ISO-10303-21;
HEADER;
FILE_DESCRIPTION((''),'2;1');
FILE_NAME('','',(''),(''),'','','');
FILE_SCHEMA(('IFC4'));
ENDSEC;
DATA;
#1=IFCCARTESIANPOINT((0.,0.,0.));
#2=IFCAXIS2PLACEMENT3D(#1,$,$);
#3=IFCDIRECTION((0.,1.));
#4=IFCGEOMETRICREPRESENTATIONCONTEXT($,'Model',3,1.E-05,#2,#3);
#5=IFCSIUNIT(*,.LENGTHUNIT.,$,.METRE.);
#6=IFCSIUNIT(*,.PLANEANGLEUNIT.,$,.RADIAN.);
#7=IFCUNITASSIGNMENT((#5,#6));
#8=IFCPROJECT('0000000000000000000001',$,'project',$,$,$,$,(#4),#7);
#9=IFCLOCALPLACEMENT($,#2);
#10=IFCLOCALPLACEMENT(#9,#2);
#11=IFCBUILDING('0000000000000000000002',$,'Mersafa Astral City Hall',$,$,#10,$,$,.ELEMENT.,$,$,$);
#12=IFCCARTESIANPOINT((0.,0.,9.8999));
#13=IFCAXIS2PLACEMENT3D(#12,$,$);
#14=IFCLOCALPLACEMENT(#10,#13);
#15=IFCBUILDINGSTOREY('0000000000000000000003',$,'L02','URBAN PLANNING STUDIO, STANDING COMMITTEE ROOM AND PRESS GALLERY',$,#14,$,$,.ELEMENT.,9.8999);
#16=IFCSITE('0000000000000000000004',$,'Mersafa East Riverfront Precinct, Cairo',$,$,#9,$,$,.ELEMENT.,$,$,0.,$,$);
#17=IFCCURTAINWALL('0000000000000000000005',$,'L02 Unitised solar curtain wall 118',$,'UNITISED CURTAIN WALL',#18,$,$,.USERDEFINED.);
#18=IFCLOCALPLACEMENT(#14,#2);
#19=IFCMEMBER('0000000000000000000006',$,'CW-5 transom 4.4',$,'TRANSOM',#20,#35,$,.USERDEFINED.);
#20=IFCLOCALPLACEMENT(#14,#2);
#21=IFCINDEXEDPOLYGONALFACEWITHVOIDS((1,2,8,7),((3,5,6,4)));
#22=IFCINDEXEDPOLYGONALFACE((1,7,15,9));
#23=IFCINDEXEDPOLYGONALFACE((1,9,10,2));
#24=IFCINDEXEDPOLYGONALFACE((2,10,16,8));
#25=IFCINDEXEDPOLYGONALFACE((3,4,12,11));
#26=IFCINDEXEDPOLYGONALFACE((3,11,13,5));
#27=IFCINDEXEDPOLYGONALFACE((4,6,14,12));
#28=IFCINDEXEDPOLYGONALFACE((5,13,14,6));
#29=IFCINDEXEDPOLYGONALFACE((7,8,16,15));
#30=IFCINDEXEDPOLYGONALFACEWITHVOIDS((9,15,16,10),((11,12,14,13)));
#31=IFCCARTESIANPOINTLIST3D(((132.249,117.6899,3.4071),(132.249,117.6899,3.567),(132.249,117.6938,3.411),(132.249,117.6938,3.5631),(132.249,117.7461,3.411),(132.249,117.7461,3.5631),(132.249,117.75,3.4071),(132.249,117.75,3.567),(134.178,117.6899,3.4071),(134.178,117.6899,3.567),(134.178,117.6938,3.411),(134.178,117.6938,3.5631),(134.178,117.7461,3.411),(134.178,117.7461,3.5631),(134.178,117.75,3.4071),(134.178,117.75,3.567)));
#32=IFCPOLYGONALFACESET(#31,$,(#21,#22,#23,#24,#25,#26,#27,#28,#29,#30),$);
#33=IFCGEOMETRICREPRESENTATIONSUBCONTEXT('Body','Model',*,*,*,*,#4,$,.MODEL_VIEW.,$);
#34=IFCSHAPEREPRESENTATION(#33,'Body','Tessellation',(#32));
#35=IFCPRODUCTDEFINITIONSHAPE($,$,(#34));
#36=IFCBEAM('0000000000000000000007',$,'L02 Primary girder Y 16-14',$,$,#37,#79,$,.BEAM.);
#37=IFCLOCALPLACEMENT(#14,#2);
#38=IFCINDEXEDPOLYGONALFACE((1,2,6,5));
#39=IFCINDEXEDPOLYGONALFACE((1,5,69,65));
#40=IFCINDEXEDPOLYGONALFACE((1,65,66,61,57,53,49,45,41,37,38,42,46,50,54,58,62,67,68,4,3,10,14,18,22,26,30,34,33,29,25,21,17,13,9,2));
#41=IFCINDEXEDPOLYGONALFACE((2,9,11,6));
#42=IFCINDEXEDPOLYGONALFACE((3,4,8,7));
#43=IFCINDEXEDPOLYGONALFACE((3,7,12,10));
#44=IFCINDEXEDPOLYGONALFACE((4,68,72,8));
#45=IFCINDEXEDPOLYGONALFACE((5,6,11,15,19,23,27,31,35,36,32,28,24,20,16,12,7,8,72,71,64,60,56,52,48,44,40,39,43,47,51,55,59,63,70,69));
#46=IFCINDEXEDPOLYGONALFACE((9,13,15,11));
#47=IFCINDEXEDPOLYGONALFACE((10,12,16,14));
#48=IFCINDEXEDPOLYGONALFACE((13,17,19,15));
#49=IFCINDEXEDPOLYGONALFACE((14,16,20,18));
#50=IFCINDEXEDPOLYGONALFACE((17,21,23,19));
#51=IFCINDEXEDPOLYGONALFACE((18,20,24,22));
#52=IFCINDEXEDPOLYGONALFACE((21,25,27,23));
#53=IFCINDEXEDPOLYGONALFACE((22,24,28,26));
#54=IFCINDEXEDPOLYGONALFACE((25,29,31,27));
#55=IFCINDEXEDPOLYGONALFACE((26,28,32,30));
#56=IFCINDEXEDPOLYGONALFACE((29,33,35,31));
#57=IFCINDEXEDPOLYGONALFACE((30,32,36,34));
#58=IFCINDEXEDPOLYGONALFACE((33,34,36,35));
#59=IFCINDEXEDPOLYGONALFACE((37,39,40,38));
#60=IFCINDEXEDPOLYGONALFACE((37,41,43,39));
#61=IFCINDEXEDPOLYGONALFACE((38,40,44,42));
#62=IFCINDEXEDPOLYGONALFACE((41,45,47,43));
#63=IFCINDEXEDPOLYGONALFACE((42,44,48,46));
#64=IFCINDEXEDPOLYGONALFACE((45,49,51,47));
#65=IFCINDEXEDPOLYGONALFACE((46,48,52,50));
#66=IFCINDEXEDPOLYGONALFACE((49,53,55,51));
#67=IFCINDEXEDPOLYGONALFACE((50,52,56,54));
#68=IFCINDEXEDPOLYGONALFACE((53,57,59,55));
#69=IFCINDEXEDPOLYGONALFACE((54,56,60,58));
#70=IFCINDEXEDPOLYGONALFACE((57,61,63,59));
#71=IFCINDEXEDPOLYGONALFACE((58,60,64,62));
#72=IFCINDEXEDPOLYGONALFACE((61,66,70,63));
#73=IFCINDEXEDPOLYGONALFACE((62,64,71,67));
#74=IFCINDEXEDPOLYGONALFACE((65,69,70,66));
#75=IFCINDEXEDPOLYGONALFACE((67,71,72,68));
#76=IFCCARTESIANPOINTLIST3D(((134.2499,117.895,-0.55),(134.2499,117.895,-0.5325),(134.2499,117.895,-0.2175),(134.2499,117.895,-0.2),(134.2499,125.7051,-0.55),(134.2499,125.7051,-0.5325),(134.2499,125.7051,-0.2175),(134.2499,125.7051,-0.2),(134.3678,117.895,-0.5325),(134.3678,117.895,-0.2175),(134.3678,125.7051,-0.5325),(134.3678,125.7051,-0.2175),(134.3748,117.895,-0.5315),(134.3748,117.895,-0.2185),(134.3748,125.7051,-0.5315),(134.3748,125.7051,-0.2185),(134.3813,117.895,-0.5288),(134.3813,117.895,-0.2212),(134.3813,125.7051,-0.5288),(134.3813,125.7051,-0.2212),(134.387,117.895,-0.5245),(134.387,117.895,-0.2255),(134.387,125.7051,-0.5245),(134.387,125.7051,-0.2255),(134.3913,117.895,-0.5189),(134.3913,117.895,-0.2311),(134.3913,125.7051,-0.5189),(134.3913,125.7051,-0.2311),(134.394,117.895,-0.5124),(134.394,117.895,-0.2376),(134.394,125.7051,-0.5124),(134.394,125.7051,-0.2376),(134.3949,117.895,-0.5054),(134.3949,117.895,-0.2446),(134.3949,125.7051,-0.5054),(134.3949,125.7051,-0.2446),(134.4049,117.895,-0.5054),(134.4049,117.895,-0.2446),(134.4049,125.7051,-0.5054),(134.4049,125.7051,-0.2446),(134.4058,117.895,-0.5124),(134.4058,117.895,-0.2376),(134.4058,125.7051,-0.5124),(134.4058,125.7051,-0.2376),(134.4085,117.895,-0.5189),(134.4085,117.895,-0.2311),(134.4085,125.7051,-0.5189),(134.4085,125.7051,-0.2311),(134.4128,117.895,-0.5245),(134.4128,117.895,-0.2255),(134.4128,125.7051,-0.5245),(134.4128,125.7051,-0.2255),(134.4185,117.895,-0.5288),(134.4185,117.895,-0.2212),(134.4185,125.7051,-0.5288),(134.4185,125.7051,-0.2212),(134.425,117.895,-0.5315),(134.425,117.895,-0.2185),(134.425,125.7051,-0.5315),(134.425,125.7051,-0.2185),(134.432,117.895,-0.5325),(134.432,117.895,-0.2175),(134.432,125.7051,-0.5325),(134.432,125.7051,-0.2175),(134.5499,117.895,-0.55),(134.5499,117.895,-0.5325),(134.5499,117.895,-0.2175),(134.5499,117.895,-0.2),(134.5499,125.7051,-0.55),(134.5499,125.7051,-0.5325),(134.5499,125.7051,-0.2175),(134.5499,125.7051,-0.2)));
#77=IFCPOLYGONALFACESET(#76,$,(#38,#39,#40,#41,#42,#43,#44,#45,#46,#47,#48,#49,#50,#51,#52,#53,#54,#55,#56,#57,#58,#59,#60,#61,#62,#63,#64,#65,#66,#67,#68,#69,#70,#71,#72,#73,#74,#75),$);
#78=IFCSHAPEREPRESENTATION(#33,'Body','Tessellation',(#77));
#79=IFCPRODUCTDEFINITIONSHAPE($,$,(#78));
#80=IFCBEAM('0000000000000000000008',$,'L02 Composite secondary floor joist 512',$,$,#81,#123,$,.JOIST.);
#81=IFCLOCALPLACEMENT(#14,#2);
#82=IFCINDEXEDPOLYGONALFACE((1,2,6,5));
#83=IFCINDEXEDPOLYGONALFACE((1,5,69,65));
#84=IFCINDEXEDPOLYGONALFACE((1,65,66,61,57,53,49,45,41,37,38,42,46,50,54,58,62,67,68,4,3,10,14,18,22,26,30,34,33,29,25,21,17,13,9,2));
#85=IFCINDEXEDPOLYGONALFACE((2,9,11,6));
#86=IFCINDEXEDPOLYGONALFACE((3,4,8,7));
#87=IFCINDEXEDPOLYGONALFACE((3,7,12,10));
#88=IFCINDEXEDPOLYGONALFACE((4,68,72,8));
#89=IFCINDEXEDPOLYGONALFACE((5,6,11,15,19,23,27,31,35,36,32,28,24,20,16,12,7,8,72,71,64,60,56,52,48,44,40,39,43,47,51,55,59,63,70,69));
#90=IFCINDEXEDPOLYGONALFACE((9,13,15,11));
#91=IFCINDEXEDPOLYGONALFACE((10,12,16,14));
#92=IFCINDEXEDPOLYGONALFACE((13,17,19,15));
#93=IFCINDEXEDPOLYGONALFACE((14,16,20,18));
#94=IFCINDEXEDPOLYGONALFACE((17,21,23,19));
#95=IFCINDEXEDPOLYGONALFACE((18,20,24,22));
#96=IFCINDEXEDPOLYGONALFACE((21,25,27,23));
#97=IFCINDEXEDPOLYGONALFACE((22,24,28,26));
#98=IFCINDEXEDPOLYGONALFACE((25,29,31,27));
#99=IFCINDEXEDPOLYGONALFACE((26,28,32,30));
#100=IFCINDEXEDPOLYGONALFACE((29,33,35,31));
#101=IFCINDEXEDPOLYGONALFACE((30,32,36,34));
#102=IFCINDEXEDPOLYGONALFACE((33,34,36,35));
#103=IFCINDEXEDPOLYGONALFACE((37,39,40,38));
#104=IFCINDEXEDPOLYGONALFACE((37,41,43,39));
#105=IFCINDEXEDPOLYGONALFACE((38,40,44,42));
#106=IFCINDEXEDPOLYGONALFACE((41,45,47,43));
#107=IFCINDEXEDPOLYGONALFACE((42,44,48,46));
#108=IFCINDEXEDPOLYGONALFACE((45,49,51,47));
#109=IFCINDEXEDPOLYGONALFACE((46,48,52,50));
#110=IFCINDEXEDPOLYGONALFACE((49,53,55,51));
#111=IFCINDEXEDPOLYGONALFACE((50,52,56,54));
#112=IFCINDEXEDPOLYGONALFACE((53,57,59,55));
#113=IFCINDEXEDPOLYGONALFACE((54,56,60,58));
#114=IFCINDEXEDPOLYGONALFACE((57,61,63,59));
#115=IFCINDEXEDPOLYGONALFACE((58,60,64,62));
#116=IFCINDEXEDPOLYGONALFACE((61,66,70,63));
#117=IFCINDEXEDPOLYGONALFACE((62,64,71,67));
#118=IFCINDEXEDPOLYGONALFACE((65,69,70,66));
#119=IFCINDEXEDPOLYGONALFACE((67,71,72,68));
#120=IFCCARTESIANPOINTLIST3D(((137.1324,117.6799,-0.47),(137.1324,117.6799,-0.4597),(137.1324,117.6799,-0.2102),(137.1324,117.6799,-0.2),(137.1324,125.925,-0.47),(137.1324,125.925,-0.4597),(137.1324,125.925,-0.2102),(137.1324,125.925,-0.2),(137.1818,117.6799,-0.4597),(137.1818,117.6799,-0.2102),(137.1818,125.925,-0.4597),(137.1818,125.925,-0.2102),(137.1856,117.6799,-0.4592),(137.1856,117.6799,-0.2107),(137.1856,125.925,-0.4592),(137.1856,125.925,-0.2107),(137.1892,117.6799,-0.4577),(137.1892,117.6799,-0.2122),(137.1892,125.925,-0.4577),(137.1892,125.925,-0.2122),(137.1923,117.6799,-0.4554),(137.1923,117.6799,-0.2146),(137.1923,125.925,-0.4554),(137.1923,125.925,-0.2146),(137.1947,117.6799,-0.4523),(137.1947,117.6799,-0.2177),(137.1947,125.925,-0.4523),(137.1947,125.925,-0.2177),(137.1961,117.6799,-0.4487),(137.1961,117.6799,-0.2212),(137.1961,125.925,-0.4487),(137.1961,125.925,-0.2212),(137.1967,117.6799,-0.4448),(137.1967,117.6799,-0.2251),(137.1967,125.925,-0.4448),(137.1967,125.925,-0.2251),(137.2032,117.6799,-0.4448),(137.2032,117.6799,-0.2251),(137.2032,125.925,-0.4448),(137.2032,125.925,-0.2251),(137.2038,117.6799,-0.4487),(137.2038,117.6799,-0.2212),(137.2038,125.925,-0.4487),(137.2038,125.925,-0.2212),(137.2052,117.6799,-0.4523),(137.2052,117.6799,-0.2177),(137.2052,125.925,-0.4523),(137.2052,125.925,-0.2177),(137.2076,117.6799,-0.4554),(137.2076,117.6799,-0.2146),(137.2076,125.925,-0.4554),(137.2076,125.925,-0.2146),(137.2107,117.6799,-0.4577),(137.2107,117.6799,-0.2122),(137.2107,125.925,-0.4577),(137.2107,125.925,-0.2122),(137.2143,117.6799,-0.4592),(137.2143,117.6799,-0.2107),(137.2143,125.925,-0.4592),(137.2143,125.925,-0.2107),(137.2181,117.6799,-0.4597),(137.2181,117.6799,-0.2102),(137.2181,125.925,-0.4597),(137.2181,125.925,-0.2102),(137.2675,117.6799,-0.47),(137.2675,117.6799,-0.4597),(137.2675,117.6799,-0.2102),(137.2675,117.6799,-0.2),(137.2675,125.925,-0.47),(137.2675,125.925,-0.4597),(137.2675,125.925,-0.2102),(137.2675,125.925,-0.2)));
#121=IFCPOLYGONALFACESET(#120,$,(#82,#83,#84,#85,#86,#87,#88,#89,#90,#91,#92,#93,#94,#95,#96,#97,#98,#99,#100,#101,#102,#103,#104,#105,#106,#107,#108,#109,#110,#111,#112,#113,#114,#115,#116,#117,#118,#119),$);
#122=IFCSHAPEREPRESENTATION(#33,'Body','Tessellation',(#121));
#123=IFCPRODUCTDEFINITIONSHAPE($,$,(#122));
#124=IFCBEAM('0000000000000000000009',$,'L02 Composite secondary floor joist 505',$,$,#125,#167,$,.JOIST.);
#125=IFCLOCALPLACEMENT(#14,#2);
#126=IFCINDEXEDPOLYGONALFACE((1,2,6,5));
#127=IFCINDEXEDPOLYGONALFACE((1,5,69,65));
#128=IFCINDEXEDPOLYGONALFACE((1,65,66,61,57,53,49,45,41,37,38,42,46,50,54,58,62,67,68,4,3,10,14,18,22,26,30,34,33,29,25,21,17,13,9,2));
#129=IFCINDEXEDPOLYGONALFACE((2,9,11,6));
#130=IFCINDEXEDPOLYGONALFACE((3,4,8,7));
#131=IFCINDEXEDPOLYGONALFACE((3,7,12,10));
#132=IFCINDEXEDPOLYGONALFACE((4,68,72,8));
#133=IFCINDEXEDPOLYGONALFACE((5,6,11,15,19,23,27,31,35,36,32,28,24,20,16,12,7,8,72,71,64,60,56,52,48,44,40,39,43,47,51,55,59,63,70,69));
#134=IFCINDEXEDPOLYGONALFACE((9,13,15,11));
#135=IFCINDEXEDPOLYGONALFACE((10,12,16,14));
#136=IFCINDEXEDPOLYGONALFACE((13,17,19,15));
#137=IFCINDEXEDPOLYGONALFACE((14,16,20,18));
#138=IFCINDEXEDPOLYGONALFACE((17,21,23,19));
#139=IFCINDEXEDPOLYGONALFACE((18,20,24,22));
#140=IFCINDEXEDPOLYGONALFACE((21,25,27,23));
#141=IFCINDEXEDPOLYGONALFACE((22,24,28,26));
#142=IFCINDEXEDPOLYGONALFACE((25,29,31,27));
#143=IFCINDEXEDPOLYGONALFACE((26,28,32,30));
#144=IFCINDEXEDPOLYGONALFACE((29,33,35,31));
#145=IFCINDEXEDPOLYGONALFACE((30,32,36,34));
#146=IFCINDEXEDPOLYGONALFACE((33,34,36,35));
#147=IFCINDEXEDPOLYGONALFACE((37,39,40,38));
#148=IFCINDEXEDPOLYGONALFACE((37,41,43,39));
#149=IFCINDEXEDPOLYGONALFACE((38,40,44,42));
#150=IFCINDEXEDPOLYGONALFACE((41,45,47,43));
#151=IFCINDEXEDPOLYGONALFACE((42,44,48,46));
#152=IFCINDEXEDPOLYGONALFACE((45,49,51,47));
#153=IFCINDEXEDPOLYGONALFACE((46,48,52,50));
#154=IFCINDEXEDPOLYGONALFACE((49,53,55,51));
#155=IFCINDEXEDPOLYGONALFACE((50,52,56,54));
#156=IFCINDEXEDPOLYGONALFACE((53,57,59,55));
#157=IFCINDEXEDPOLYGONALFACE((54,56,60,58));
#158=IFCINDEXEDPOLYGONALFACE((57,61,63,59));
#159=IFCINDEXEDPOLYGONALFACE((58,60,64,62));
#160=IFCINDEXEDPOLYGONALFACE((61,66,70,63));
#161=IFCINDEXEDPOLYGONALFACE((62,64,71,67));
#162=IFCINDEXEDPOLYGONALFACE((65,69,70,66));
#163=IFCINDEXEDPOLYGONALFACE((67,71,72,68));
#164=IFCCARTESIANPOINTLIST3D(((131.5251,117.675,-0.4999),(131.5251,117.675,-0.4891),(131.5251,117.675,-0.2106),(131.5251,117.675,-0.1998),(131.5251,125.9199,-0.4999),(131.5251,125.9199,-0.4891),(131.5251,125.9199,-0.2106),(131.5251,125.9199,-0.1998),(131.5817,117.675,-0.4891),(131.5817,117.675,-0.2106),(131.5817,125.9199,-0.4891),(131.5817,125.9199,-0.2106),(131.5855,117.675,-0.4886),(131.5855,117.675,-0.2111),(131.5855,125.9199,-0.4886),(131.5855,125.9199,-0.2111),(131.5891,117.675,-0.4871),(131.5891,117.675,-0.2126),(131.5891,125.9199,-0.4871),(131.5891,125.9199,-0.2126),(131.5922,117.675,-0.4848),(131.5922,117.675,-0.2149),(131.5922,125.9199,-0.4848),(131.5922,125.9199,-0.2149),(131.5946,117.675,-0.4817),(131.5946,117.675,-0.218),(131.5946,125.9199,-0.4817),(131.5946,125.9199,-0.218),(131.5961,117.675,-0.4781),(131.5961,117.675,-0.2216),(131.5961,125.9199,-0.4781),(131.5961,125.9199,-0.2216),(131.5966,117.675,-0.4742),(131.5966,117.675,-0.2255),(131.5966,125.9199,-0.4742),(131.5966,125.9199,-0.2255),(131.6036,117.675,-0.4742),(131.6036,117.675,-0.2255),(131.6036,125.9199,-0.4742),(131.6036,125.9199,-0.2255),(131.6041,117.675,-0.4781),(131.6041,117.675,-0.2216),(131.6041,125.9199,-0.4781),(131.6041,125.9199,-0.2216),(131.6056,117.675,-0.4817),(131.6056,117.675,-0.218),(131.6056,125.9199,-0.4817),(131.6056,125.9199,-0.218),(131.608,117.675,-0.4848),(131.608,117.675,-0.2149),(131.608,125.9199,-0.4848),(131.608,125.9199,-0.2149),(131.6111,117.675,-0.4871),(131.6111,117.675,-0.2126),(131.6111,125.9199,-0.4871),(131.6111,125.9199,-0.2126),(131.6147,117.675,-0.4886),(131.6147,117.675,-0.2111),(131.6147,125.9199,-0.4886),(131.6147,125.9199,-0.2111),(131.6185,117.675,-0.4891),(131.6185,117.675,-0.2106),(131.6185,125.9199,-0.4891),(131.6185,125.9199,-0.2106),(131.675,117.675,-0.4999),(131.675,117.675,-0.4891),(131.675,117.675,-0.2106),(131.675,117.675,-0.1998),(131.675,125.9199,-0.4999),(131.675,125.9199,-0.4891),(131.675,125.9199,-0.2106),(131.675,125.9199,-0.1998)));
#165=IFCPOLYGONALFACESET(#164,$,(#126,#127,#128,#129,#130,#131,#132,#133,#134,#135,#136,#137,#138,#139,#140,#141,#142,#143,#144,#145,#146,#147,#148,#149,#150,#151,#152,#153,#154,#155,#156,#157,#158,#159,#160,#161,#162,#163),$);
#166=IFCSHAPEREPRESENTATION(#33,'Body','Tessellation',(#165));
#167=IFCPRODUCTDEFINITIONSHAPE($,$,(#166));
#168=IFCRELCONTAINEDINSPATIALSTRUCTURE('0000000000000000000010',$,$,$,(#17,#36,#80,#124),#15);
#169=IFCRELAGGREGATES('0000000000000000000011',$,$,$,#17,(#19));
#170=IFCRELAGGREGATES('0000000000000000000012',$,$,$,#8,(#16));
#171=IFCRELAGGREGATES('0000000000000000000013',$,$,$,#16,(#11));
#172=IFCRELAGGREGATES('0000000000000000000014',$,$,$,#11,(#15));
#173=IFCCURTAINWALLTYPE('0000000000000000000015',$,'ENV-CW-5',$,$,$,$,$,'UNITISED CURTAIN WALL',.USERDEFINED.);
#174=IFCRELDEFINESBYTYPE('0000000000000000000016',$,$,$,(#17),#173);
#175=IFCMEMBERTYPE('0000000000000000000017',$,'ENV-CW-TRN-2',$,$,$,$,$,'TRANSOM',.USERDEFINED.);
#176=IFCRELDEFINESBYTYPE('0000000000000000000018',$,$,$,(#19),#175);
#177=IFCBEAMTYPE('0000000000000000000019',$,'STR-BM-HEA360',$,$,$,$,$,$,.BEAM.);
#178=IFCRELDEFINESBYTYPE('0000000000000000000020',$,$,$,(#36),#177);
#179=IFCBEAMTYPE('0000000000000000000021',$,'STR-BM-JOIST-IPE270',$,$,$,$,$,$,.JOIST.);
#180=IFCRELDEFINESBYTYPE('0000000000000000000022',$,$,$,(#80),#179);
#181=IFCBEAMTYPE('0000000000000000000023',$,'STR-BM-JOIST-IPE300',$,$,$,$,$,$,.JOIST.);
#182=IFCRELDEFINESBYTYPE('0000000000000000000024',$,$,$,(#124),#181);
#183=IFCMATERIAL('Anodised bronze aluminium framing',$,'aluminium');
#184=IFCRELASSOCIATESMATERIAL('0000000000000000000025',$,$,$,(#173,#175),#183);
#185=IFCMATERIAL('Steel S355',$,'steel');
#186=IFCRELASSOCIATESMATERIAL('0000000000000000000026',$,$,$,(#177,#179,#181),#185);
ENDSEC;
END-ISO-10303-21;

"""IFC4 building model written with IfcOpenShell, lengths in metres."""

from ifc_helpers import new_model, si_unit, direction, frame, origin, origin_2d, place, context, subcontext, project, spatial, hollow_rectangle, i_section, extrude, material, material_profile, profile_set, type_object, element, aggregate, save


model = new_model("IFC4")

# Units and contexts
model_context = context("Model", 3, precision=1e-05, world=origin(), true_north=direction((0.0, 1.0)))
body_context = subcontext(model_context, "Body", "Model", "MODEL_VIEW")
ifc_project = project(units=[si_unit("LENGTHUNIT", "METRE"), si_unit("PLANEANGLEUNIT", "RADIAN")], contexts=[model_context])

# Site, building, storey
site_placement = place(None, origin())
site = spatial("IfcSite", under=ifc_project, at=site_placement, Name="Mersafa East Riverfront Precinct, Cairo", CompositionType="ELEMENT", RefElevation=0.0)
building_placement = place(site_placement, origin())
building = spatial("IfcBuilding", under=site, at=building_placement, Name="Mersafa Astral City Hall", CompositionType="ELEMENT")
storey_placement = place(building_placement, frame((0.0, 0.0, 9.8999)))
storey = spatial("IfcBuildingStorey", under=building, at=storey_placement, Name="L02", Description="URBAN PLANNING STUDIO, STANDING COMMITTEE ROOM AND PRESS GALLERY", CompositionType="ELEMENT", Elevation=9.8999)

# Shared definitions
ifc_material_1 = material(Name="Steel S355", Category="steel")

# Curtain wall, member
ifc_material_2 = material(Name="Anodised bronze aluminium framing", Category="aluminium")
curtain_wall_type = type_object("IfcCurtainWallType", Name="ENV-CW-5", ElementType="UNITISED CURTAIN WALL", PredefinedType="USERDEFINED", material=ifc_material_2)
curtain_wall_placement = place(storey_placement, origin())
curtain_wall = element("IfcCurtainWall", 1, at=curtain_wall_placement, inside=storey, type_object=curtain_wall_type, Name="L02 Unitised solar curtain wall 118", ObjectType="UNITISED CURTAIN WALL", PredefinedType="USERDEFINED")
ifc_material_profile_1 = material_profile(ifc_material_2, hollow_rectangle(XDim=0.0601, YDim=0.1599, WallThickness=0.0039, at=origin_2d()), Name="RHS 60x160x4")
ifc_profile_set_1 = profile_set([ifc_material_profile_1], Name="Anodised bronze aluminium framing")
member_type_1 = type_object("IfcMemberType", Name="ENV-CW-TRN-2", ElementType="TRANSOM", PredefinedType="USERDEFINED", material=ifc_profile_set_1)
member_1_placement = place(storey_placement, frame((132.249, 117.72, 3.4871), z_axis=(1.0, 0.0, 0.0), x_axis=(0.0, 1.0, 0.0)))
member_1 = element("IfcMember", 2, at=member_1_placement, type_object=member_type_1, Name="CW-5 transom 4.4", ObjectType="TRANSOM", PredefinedType="USERDEFINED", context=body_context, shape_type="SweptSolid", body=[
    extrude(hollow_rectangle(XDim=0.0601, YDim=0.1599, WallThickness=0.0039, at=origin_2d()), origin(), (0.0, 0.0, 1.0), 1.929),
])

# Beams
ifc_material_profile_2 = material_profile(ifc_material_1, i_section(OverallWidth=0.3, OverallDepth=0.3501, WebThickness=0.01, FlangeThickness=0.0176, FilletRadius=0.0271, at=origin_2d()), Name="HEA 360")
ifc_profile_set_2 = profile_set([ifc_material_profile_2], Name="Steel S355")
beam_type_1 = type_object("IfcBeamType", Name="STR-BM-HEA360", PredefinedType="BEAM", material=ifc_profile_set_2)
beam_1_placement = place(storey_placement, frame((134.3999, 117.895, -0.375), z_axis=(0.0, 1.0, 0.0), x_axis=(-1.0, 0.0, 0.0)))
element("IfcBeam", 3, at=beam_1_placement, inside=storey, type_object=beam_type_1, Name="L02 Primary girder Y 16-14", PredefinedType="BEAM", context=body_context, shape_type="SweptSolid", body=[
    extrude(i_section(OverallWidth=0.3, OverallDepth=0.3501, WebThickness=0.01, FlangeThickness=0.0176, FilletRadius=0.0271, at=origin_2d()), origin(), (0.0, 0.0, 1.0), 7.8101),
])
ifc_material_profile_3 = material_profile(ifc_material_1, i_section(OverallWidth=0.135, OverallDepth=0.27, WebThickness=0.0066, FlangeThickness=0.0103, FilletRadius=0.0149, at=origin_2d()), Name="IPE 270")
ifc_profile_set_3 = profile_set([ifc_material_profile_3], Name="Steel S355")
beam_type_2 = type_object("IfcBeamType", Name="STR-BM-JOIST-IPE270", PredefinedType="JOIST", material=ifc_profile_set_3)
beam_2_placement = place(storey_placement, frame((137.2, 117.6799, -0.335), z_axis=(0.0, 1.0, 0.0), x_axis=(-1.0, 0.0, 0.0)))
element("IfcBeam", 4, at=beam_2_placement, inside=storey, type_object=beam_type_2, Name="L02 Composite secondary floor joist 512", PredefinedType="JOIST", context=body_context, shape_type="SweptSolid", body=[
    extrude(i_section(OverallWidth=0.135, OverallDepth=0.27, WebThickness=0.0066, FlangeThickness=0.0103, FilletRadius=0.0149, at=origin_2d()), origin(), (0.0, 0.0, 1.0), 8.2451),
])
ifc_material_profile_4 = material_profile(ifc_material_1, i_section(OverallWidth=0.1499, OverallDepth=0.3, WebThickness=0.0071, FlangeThickness=0.0107, FilletRadius=0.0149, at=origin_2d()), Name="IPE 300")
ifc_profile_set_4 = profile_set([ifc_material_profile_4], Name="Steel S355")
beam_type_3 = type_object("IfcBeamType", Name="STR-BM-JOIST-IPE300", PredefinedType="JOIST", material=ifc_profile_set_4)
beam_3_placement = place(storey_placement, frame((131.6001, 117.675, -0.3499), z_axis=(0.0, 1.0, 0.0), x_axis=(-1.0, 0.0, 0.0)))
element("IfcBeam", 5, at=beam_3_placement, inside=storey, type_object=beam_type_3, Name="L02 Composite secondary floor joist 505", PredefinedType="JOIST", context=body_context, shape_type="SweptSolid", body=[
    extrude(i_section(OverallWidth=0.1499, OverallDepth=0.3, WebThickness=0.0071, FlangeThickness=0.0107, FilletRadius=0.0149, at=origin_2d()), origin(), (0.0, 0.0, 1.0), 8.2449),
])

aggregate(curtain_wall, [member_1])

save(model, "model.ifc")
